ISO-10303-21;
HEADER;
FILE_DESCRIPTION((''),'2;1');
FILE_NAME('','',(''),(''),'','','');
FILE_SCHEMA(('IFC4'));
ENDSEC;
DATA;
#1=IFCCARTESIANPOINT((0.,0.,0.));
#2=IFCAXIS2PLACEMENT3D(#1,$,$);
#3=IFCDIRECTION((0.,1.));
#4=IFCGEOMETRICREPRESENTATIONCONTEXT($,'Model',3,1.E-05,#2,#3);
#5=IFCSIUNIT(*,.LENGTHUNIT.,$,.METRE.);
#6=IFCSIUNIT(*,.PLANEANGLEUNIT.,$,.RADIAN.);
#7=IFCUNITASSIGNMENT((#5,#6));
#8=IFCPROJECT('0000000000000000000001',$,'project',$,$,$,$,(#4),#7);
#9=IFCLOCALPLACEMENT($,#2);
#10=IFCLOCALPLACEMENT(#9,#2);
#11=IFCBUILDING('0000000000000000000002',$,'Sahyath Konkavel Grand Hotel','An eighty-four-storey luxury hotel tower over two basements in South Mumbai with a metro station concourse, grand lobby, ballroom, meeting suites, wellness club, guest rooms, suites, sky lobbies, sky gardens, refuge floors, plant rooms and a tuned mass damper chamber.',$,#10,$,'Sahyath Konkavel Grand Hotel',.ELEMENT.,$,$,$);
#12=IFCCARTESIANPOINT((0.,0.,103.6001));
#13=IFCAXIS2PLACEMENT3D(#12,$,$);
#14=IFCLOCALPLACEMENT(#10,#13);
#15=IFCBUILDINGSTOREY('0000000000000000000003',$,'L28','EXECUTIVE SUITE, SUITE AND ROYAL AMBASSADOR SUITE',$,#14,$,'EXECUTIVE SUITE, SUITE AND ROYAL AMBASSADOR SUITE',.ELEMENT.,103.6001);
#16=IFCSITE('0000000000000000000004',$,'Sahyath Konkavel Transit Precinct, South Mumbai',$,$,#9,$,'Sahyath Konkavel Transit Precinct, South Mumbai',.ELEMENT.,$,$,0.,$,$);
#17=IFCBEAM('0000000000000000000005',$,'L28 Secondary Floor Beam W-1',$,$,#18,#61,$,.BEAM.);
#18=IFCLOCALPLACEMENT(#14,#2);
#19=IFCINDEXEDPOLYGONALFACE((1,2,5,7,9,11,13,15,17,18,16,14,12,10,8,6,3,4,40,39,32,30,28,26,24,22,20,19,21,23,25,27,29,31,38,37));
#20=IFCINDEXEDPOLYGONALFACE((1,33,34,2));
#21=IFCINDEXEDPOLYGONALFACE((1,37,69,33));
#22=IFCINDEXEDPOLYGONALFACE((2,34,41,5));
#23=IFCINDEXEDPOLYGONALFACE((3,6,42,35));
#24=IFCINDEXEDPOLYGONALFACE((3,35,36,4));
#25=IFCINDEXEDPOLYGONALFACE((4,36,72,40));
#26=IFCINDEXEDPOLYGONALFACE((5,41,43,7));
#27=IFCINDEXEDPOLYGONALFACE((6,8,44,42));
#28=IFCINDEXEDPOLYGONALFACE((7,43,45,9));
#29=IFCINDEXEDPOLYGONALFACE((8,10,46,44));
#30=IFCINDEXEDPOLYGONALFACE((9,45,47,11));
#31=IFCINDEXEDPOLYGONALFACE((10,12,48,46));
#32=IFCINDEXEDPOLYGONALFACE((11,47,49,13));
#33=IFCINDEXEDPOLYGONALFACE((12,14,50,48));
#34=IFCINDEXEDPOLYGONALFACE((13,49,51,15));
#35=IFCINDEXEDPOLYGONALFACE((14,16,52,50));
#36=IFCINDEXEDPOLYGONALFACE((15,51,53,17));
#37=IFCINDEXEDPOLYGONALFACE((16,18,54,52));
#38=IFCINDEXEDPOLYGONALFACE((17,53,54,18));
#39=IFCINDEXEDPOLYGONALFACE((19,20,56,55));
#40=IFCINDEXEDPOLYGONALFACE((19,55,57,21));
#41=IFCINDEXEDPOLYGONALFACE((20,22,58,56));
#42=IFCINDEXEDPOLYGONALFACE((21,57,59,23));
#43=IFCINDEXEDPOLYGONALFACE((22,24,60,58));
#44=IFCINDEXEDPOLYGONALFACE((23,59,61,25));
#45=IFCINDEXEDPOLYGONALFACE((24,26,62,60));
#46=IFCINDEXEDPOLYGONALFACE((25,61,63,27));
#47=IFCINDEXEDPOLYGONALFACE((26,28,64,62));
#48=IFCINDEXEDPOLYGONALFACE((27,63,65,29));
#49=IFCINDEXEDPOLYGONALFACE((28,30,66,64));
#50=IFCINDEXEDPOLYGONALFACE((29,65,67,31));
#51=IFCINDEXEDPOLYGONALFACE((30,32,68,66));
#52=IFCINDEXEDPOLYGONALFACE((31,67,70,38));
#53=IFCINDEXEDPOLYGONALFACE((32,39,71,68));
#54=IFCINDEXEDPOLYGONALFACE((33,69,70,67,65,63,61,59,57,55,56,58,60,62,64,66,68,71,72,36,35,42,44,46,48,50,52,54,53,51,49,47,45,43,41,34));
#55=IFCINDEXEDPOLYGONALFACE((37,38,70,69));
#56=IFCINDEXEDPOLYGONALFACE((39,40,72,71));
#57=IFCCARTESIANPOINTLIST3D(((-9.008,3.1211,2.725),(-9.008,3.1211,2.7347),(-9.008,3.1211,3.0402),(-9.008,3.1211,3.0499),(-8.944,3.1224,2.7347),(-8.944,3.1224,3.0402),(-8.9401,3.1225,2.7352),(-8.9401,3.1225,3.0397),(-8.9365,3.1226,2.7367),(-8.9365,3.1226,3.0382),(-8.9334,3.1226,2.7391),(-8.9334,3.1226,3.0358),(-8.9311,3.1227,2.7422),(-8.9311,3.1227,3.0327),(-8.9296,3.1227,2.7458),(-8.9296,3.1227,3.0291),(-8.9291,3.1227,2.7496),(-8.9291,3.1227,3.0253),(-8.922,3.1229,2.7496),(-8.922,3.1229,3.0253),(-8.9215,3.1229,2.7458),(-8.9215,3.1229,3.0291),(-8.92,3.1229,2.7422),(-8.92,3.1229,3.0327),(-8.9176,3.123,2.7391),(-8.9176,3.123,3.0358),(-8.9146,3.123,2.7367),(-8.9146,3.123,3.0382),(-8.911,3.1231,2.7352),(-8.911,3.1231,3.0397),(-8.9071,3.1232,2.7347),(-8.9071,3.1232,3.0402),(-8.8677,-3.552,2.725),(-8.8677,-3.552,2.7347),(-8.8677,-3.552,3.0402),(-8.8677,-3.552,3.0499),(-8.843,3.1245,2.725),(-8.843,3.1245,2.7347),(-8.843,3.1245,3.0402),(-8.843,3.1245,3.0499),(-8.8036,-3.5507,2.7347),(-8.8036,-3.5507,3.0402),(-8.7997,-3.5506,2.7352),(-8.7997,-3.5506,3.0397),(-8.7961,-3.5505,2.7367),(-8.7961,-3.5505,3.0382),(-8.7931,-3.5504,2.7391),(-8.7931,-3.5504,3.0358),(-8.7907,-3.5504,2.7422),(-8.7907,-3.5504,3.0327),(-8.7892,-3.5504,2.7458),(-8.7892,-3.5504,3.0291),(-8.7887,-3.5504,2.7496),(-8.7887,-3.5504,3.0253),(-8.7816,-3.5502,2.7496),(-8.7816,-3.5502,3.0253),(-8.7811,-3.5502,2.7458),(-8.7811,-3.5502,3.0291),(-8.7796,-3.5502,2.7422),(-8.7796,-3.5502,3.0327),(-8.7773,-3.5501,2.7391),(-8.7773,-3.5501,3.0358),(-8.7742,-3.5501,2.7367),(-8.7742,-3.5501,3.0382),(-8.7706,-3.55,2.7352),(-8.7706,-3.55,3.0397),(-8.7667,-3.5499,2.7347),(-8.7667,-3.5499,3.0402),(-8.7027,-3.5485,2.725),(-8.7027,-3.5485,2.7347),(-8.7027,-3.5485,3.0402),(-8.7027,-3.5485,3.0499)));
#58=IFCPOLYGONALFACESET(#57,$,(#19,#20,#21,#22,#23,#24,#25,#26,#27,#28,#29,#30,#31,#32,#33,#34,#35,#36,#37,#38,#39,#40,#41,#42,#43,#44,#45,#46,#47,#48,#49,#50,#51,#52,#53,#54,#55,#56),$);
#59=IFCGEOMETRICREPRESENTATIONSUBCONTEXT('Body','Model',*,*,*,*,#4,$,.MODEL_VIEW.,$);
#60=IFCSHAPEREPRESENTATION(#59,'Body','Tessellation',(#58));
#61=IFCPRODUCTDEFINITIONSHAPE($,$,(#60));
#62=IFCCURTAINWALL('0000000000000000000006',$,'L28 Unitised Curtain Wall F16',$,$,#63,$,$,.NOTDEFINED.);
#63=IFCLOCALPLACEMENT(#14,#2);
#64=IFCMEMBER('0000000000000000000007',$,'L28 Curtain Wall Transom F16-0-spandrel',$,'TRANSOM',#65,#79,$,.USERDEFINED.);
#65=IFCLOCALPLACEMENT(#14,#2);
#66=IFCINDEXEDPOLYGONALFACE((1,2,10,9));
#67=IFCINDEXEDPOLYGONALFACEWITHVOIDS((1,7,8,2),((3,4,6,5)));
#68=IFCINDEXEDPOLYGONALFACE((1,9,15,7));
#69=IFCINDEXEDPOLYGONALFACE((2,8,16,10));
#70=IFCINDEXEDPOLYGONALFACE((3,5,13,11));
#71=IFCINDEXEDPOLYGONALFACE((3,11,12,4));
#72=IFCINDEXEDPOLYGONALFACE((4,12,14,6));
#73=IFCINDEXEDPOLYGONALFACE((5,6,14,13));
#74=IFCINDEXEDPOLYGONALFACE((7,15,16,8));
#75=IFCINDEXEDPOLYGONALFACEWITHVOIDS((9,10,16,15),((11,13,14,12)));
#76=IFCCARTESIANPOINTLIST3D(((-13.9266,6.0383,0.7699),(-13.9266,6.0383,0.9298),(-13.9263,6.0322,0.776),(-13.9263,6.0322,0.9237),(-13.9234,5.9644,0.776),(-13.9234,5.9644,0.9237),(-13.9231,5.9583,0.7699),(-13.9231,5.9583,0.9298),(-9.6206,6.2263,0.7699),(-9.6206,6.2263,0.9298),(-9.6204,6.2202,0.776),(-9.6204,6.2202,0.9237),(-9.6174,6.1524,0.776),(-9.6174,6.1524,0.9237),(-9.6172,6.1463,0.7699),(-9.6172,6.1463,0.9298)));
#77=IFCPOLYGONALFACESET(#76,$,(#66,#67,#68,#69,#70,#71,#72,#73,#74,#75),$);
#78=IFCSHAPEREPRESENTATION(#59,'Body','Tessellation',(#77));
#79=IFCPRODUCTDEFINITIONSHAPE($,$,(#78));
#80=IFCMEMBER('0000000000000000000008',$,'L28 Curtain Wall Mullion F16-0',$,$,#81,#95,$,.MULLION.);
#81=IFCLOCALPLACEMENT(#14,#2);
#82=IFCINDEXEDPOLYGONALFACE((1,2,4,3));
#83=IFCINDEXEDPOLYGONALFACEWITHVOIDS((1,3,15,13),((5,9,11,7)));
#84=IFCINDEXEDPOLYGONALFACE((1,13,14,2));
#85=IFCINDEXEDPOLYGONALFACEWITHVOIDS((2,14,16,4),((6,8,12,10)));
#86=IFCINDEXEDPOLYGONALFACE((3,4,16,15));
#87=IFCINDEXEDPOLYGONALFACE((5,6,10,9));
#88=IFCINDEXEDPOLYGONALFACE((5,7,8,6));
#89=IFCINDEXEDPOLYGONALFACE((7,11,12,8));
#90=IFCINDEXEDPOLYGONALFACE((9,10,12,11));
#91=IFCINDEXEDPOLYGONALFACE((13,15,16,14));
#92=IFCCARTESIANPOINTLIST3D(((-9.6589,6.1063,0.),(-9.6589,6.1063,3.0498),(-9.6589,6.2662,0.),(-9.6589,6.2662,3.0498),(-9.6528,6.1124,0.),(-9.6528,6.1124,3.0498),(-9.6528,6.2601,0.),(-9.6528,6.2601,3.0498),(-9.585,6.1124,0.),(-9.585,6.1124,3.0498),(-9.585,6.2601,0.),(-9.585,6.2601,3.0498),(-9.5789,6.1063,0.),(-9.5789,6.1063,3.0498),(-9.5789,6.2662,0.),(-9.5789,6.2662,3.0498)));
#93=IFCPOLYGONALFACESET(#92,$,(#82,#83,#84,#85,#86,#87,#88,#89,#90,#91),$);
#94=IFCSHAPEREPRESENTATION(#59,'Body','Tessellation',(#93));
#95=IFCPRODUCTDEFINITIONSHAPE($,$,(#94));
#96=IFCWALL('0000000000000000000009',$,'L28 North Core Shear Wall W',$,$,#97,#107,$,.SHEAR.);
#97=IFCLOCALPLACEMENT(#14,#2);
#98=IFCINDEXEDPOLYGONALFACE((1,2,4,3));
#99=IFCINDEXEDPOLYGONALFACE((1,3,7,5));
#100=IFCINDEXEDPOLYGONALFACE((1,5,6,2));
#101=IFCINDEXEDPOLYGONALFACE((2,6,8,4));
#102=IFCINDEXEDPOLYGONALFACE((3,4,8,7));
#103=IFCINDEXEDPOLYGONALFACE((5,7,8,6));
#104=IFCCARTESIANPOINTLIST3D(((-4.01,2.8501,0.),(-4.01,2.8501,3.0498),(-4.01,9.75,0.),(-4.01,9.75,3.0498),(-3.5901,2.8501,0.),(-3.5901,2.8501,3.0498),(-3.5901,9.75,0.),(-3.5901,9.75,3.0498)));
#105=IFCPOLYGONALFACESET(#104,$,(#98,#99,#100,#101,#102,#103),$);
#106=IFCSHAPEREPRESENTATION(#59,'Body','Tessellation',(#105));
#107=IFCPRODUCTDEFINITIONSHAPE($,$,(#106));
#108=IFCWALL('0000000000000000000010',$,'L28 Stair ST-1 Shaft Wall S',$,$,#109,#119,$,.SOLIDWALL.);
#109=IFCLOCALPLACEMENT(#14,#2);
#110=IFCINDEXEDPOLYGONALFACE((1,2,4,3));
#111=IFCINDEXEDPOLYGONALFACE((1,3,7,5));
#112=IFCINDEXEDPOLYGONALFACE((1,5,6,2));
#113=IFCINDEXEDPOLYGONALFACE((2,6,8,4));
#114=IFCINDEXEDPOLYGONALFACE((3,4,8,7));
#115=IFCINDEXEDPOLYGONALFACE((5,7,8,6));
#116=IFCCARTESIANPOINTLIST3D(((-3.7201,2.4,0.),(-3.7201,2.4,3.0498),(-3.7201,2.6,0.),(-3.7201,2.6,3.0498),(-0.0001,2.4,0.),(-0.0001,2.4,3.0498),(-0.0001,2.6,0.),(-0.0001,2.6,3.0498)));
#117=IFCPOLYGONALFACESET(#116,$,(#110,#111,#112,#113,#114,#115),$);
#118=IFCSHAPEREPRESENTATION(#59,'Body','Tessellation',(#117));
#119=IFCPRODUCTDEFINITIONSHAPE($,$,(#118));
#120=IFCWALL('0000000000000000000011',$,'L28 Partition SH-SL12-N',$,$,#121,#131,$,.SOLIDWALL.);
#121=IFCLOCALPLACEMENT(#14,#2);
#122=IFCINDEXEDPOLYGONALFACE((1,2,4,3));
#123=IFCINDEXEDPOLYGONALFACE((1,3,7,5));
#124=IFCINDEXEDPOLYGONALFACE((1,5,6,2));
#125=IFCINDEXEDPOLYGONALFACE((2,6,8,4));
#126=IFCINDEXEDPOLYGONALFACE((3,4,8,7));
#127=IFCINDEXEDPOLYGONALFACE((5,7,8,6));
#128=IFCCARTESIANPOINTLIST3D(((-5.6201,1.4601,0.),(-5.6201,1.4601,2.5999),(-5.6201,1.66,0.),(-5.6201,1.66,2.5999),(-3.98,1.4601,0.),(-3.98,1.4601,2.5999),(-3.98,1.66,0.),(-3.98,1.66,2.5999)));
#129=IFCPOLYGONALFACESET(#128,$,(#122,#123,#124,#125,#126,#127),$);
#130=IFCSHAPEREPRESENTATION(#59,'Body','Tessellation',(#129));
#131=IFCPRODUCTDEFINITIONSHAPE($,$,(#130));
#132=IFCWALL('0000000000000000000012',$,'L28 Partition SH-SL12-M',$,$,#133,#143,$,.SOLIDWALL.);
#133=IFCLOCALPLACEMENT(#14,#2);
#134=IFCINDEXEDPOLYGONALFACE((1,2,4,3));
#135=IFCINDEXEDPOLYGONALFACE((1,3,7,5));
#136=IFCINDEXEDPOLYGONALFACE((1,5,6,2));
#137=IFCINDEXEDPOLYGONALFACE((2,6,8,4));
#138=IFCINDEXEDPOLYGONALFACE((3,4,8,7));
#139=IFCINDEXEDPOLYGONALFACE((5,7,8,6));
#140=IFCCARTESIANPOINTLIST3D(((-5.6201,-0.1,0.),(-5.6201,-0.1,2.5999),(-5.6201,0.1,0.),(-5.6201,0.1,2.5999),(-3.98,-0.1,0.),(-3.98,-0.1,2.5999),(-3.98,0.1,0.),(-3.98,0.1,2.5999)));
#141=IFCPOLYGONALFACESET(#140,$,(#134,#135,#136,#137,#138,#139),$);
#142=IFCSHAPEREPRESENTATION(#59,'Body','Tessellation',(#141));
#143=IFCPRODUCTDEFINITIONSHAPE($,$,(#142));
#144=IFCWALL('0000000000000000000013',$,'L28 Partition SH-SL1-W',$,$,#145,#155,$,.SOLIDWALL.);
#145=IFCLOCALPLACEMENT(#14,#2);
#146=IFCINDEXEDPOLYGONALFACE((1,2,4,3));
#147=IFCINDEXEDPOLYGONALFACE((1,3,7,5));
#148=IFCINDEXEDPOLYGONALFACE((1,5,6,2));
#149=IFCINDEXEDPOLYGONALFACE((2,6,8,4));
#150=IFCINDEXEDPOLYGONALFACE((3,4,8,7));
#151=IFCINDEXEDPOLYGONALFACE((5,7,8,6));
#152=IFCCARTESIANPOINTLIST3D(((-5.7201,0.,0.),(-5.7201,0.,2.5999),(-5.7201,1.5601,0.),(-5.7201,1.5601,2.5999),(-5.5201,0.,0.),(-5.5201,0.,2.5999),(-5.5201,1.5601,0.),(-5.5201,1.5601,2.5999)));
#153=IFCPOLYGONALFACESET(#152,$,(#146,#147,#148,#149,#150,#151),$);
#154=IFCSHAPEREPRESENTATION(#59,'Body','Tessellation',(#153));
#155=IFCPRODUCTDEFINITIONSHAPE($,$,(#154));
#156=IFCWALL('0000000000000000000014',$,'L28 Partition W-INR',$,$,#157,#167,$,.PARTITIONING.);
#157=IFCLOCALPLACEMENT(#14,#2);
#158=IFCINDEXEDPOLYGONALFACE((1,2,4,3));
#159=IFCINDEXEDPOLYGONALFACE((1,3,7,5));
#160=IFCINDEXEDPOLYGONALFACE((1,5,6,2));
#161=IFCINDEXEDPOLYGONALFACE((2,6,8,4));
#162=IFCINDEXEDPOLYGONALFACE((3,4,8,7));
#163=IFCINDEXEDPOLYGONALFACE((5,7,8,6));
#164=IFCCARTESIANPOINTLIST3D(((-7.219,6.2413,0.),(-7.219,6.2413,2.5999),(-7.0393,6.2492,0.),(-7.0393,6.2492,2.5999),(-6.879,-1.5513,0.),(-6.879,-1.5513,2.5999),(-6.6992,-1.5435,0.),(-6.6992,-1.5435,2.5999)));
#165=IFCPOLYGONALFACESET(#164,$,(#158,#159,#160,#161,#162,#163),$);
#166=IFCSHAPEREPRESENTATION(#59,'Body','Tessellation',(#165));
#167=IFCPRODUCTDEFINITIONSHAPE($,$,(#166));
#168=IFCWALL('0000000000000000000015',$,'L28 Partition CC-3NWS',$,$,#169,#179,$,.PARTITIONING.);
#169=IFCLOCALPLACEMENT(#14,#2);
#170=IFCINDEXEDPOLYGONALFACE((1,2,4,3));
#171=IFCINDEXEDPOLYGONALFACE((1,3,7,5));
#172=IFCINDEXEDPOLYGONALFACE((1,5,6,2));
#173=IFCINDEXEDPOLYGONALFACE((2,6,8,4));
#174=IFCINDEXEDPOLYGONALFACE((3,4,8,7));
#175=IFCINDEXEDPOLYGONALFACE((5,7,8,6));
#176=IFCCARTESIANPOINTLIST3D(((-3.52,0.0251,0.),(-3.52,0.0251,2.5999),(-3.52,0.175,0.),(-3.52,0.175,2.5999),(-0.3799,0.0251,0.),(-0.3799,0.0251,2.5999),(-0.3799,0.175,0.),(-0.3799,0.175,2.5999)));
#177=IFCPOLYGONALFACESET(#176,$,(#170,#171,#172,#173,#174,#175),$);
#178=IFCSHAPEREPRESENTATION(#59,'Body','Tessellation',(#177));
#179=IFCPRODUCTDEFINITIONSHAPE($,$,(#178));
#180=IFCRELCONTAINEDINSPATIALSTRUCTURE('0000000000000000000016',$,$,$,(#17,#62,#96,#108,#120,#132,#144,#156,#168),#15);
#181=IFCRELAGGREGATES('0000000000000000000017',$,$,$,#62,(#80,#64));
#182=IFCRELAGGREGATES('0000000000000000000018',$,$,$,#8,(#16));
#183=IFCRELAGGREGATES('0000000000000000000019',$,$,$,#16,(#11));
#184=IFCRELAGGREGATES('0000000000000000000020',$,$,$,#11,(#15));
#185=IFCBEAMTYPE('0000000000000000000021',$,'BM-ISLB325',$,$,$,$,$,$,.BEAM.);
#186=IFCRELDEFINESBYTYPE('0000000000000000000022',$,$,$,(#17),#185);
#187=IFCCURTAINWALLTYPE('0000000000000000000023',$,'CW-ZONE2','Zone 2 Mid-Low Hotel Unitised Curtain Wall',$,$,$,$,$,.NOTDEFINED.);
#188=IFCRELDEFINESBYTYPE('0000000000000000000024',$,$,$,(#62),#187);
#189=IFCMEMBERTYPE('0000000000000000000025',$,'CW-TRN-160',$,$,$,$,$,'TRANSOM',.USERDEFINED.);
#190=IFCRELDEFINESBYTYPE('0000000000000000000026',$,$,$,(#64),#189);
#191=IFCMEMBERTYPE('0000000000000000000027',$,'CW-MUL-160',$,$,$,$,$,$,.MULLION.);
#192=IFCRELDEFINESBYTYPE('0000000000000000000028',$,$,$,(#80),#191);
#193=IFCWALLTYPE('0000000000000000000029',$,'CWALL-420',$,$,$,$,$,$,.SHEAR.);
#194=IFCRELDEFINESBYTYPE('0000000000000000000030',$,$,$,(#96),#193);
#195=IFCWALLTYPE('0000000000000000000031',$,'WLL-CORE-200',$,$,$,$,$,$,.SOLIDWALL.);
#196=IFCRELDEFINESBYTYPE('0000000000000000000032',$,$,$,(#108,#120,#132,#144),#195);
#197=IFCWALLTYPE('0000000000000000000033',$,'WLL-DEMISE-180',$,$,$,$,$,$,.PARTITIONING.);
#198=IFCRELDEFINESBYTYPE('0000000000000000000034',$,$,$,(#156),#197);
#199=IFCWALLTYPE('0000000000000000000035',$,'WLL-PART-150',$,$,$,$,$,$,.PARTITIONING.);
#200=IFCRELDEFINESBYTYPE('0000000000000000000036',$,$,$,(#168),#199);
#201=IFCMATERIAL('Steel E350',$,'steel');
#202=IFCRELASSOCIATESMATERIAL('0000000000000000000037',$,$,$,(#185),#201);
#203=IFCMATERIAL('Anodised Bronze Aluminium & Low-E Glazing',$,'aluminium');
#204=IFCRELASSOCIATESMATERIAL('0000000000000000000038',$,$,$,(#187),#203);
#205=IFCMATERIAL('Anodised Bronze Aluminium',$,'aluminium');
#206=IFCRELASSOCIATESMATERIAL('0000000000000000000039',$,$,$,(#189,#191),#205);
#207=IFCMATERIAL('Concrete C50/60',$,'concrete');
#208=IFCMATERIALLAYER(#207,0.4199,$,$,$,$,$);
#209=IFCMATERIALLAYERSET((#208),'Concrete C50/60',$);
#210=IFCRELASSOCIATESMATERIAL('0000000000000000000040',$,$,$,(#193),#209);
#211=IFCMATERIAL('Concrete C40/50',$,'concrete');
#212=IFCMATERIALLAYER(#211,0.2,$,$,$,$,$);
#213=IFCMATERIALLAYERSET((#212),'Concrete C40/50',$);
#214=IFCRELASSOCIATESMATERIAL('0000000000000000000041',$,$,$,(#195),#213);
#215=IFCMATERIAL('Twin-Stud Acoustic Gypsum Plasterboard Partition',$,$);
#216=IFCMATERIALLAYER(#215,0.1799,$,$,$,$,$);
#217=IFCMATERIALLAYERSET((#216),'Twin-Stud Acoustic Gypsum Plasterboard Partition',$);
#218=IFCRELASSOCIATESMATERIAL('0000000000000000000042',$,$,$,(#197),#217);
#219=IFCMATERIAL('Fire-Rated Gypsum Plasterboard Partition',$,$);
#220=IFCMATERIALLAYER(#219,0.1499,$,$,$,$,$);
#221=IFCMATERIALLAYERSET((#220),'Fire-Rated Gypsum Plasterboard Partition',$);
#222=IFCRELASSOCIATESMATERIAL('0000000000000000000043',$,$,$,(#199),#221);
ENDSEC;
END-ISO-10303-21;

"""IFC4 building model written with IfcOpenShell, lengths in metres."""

from ifc_helpers import new_model, si_unit, direction, frame, frame_2d, origin, origin_2d, place, context, subcontext, project, spatial, rectangle, hollow_rectangle, i_section, extrude, source, transform, mapped, material, layer, layer_set, material_profile, profile_set, type_object, element, aggregate, save


model = new_model("IFC4")

# Units and contexts
model_context = context("Model", 3, precision=1e-05, world=origin(), true_north=direction((0.0, 1.0)))
body_context = subcontext(model_context, "Body", "Model", "MODEL_VIEW")
ifc_project = project(units=[si_unit("LENGTHUNIT", "METRE"), si_unit("PLANEANGLEUNIT", "RADIAN")], contexts=[model_context])

# Site, building, storey
site_placement = place(None, origin())
site = spatial("IfcSite", under=ifc_project, at=site_placement, Name="Sahyath Konkavel Transit Precinct, South Mumbai", LongName="Sahyath Konkavel Transit Precinct, South Mumbai", CompositionType="ELEMENT", RefElevation=0.0)
building_placement = place(site_placement, origin())
building = spatial("IfcBuilding", under=site, at=building_placement, Name="Sahyath Konkavel Grand Hotel", Description="An eighty-four-storey luxury hotel tower over two basements in South Mumbai with a metro station concourse, grand lobby, ballroom, meeting suites, wellness club, guest rooms, suites, sky lobbies, sky gardens, refuge floors, plant rooms and a tuned mass damper chamber.", LongName="Sahyath Konkavel Grand Hotel", CompositionType="ELEMENT")
storey_placement = place(building_placement, frame((0.0, 0.0, 103.6001)))
storey = spatial("IfcBuildingStorey", under=building, at=storey_placement, Name="L28", Description="EXECUTIVE SUITE, SUITE AND ROYAL AMBASSADOR SUITE", LongName="EXECUTIVE SUITE, SUITE AND ROYAL AMBASSADOR SUITE", CompositionType="ELEMENT", Elevation=103.6001)

# Shared definitions
ifc_material_1 = material(Name="Concrete C50/60", Category="concrete")

# Beam
ifc_material_2 = material(Name="Steel E350", Category="steel")
ifc_material_profile_1 = material_profile(ifc_material_2, i_section(OverallWidth=0.165, OverallDepth=0.325, WebThickness=0.0071, FlangeThickness=0.0098, FilletRadius=0.0149, at=origin_2d()), Name="ISLB 325")
ifc_profile_set_1 = profile_set([ifc_material_profile_1], Name="Steel E350")
beam_type_1 = type_object("IfcBeamType", Name="BM-ISLB325", PredefinedType="BEAM", material=ifc_profile_set_1)
shared_shape_1 = source(origin(), body_context, "Body", "SweptSolid", [
    extrude(i_section(OverallWidth=0.165, OverallDepth=0.325, WebThickness=0.0071, FlangeThickness=0.0098, FilletRadius=0.0149, at=origin_2d()), origin(), (0.0, 0.0, 1.0), 6.6746),
])
beam_1_placement = place(storey_placement, frame((-8.9255, 3.1228, 2.8875), z_axis=(0.021032, -0.999779, 0.0), x_axis=(0.999779, 0.021032, 0.0)))
element("IfcBeam", 1, at=beam_1_placement, inside=storey, type_object=beam_type_1, Name="L28 Secondary Floor Beam W-1", PredefinedType="BEAM", context=body_context, shape_type="MappedRepresentation", body=[
    mapped(shared_shape_1, transform((0.0, 0.0, 0.0), scale=1.0)),
])

# Curtain wall, members
ifc_material_3 = material(Name="Anodised Bronze Aluminium & Low-E Glazing", Category="aluminium")
curtain_wall_type = type_object("IfcCurtainWallType", Name="CW-ZONE2", Description="Zone 2 Mid-Low Hotel Unitised Curtain Wall", PredefinedType="NOTDEFINED", material=ifc_material_3)
curtain_wall_placement = place(storey_placement, origin())
curtain_wall = element("IfcCurtainWall", 2, at=curtain_wall_placement, inside=storey, type_object=curtain_wall_type, Name="L28 Unitised Curtain Wall F16", PredefinedType="NOTDEFINED")
ifc_material_4 = material(Name="Anodised Bronze Aluminium", Category="aluminium")
ifc_material_profile_2 = material_profile(ifc_material_4, hollow_rectangle(XDim=0.0801, YDim=0.1599, WallThickness=0.0061, at=origin_2d()), Name="RHS 160x80x6")
ifc_profile_set_2 = profile_set([ifc_material_profile_2], Name="Anodised Bronze Aluminium")
member_type_1 = type_object("IfcMemberType", Name="CW-TRN-160", ElementType="TRANSOM", PredefinedType="USERDEFINED", material=ifc_profile_set_2)
shared_shape_2 = source(origin(), body_context, "Body", "SweptSolid", [
    extrude(hollow_rectangle(XDim=0.0801, YDim=0.1599, WallThickness=0.0061, at=origin_2d()), origin(), (0.0, 0.0, 1.0), 4.3101),
])
member_1_placement = place(storey_placement, frame((-9.6189, 6.1863, 0.8499), z_axis=(-0.999048, -0.043617, 0.0), x_axis=(0.043617, -0.999048, 0.0)))
member_1 = element("IfcMember", 3, at=member_1_placement, type_object=member_type_1, Name="L28 Curtain Wall Transom F16-0-spandrel", ObjectType="TRANSOM", PredefinedType="USERDEFINED", context=body_context, shape_type="MappedRepresentation", body=[
    mapped(shared_shape_2, transform((0.0, 0.0, 0.0), scale=1.0)),
])
ifc_material_profile_3 = material_profile(ifc_material_4, hollow_rectangle(XDim=0.0801, YDim=0.1599, WallThickness=0.0061, at=origin_2d()), Name="RHS 160x80x6")
ifc_profile_set_3 = profile_set([ifc_material_profile_3], Name="Anodised Bronze Aluminium")
member_type_2 = type_object("IfcMemberType", Name="CW-MUL-160", PredefinedType="MULLION", material=ifc_profile_set_3)
shared_shape_3 = source(origin(), body_context, "Body", "SweptSolid", [
    extrude(hollow_rectangle(XDim=0.0801, YDim=0.1599, WallThickness=0.0061, at=origin_2d()), origin(), (0.0, 0.0, 1.0), 3.0498),
])
member_2_placement = place(storey_placement, frame((-9.6189, 6.1863, 0.0), z_axis=(0.0, 0.0, 1.0), x_axis=(1.0, 0.0, 0.0)))
member_2 = element("IfcMember", 4, at=member_2_placement, type_object=member_type_2, Name="L28 Curtain Wall Mullion F16-0", PredefinedType="MULLION", context=body_context, shape_type="MappedRepresentation", body=[
    mapped(shared_shape_3, transform((0.0, 0.0, 0.0), scale=1.0)),
])
aggregate(curtain_wall, [member_2, member_1])

# Walls
ifc_layer_1 = layer(ifc_material_1, 0.4199)
ifc_layer_set_1 = layer_set([ifc_layer_1], Name="Concrete C50/60")
wall_type_1 = type_object("IfcWallType", Name="CWALL-420", PredefinedType="SHEAR", material=ifc_layer_set_1)
wall_1_placement = place(storey_placement, frame((-3.8, 2.8501, 0.0), z_axis=(0.0, 0.0, 1.0), x_axis=(0.0, 1.0, 0.0)))
element("IfcWall", 5, at=wall_1_placement, inside=storey, type_object=wall_type_1, Name="L28 North Core Shear Wall W", PredefinedType="SHEAR", context=body_context, shape_type="SweptSolid", body=[
    extrude(rectangle(XDim=6.8999, YDim=0.4199, at=frame_2d((3.45, 0.0))), origin(), (0.0, 0.0, 1.0), 3.0498),
])
ifc_material_5 = material(Name="Concrete C40/50", Category="concrete")
ifc_layer_2 = layer(ifc_material_5, 0.2)
ifc_layer_set_2 = layer_set([ifc_layer_2], Name="Concrete C40/50")
wall_type_2 = type_object("IfcWallType", Name="WLL-CORE-200", PredefinedType="SOLIDWALL", material=ifc_layer_set_2)
wall_2_placement = place(storey_placement, frame((-3.72, 2.5, 0.0), z_axis=(0.0, 0.0, 1.0), x_axis=(1.0, 0.0, 0.0)))
element("IfcWall", 6, at=wall_2_placement, inside=storey, type_object=wall_type_2, Name="L28 Stair ST-1 Shaft Wall S", PredefinedType="SOLIDWALL", context=body_context, shape_type="SweptSolid", body=[
    extrude(rectangle(XDim=3.72, YDim=0.2, at=frame_2d((1.8599, 0.0))), origin(), (0.0, 0.0, 1.0), 3.0498),
])
for number, where, z_axis, x_axis, name in (
    (7, (-5.6201, 1.5601, 0.0), (0.0, 0.0, 1.0), (1.0, 0.0, 0.0), "L28 Partition SH-SL12-N"),
    (8, (-5.6201, 0.0, 0.0), (0.0, 0.0, 1.0), (1.0, 0.0, 0.0), "L28 Partition SH-SL12-M"),
):
    element("IfcWall", number, at=place(storey_placement, frame(where, z_axis=z_axis, x_axis=x_axis)), inside=storey, type_object=wall_type_2, Name=name, PredefinedType="SOLIDWALL", context=body_context, shape_type="SweptSolid", body=[
        extrude(rectangle(XDim=1.6401, YDim=0.2, at=frame_2d((0.8201, 0.0))), origin(), (0.0, 0.0, 1.0), 2.5999),
    ])
wall_3_placement = place(storey_placement, frame((-5.6201, 0.0, 0.0), z_axis=(0.0, 0.0, 1.0), x_axis=(0.0, 1.0, 0.0)))
element("IfcWall", 9, at=wall_3_placement, inside=storey, type_object=wall_type_2, Name="L28 Partition SH-SL1-W", PredefinedType="SOLIDWALL", context=body_context, shape_type="SweptSolid", body=[
    extrude(rectangle(XDim=1.5601, YDim=0.2, at=frame_2d((0.78, 0.0))), origin(), (0.0, 0.0, 1.0), 2.5999),
])
ifc_material_6 = material(Name="Twin-Stud Acoustic Gypsum Plasterboard Partition")
ifc_layer_3 = layer(ifc_material_6, 0.1799)
ifc_layer_set_3 = layer_set([ifc_layer_3], Name="Twin-Stud Acoustic Gypsum Plasterboard Partition")
wall_type_3 = type_object("IfcWallType", Name="WLL-DEMISE-180", PredefinedType="PARTITIONING", material=ifc_layer_set_3)
wall_4_placement = place(storey_placement, frame((-7.1292, 6.2451, 0.0), z_axis=(0.0, 0.0, 1.0), x_axis=(0.0436, -0.999049, 0.0)))
element("IfcWall", 10, at=wall_4_placement, inside=storey, type_object=wall_type_3, Name="L28 Partition W-INR", PredefinedType="PARTITIONING", context=body_context, shape_type="SweptSolid", body=[
    extrude(rectangle(XDim=7.8, YDim=0.1799, at=frame_2d((3.8999, 0.0))), origin(), (0.0, 0.0, 1.0), 2.5999),
])
ifc_material_7 = material(Name="Fire-Rated Gypsum Plasterboard Partition")
ifc_layer_4 = layer(ifc_material_7, 0.1499)
ifc_layer_set_4 = layer_set([ifc_layer_4], Name="Fire-Rated Gypsum Plasterboard Partition")
wall_type_4 = type_object("IfcWallType", Name="WLL-PART-150", PredefinedType="PARTITIONING", material=ifc_layer_set_4)
wall_5_placement = place(storey_placement, frame((-3.52, 0.1001, 0.0), z_axis=(0.0, 0.0, 1.0), x_axis=(1.0, 0.0, 0.0)))
element("IfcWall", 11, at=wall_5_placement, inside=storey, type_object=wall_type_4, Name="L28 Partition CC-3NWS", PredefinedType="PARTITIONING", context=body_context, shape_type="SweptSolid", body=[
    extrude(rectangle(XDim=3.1401, YDim=0.1499, at=frame_2d((1.5701, 0.0))), origin(), (0.0, 0.0, 1.0), 2.5999),
])

save(model, "model.ifc")
